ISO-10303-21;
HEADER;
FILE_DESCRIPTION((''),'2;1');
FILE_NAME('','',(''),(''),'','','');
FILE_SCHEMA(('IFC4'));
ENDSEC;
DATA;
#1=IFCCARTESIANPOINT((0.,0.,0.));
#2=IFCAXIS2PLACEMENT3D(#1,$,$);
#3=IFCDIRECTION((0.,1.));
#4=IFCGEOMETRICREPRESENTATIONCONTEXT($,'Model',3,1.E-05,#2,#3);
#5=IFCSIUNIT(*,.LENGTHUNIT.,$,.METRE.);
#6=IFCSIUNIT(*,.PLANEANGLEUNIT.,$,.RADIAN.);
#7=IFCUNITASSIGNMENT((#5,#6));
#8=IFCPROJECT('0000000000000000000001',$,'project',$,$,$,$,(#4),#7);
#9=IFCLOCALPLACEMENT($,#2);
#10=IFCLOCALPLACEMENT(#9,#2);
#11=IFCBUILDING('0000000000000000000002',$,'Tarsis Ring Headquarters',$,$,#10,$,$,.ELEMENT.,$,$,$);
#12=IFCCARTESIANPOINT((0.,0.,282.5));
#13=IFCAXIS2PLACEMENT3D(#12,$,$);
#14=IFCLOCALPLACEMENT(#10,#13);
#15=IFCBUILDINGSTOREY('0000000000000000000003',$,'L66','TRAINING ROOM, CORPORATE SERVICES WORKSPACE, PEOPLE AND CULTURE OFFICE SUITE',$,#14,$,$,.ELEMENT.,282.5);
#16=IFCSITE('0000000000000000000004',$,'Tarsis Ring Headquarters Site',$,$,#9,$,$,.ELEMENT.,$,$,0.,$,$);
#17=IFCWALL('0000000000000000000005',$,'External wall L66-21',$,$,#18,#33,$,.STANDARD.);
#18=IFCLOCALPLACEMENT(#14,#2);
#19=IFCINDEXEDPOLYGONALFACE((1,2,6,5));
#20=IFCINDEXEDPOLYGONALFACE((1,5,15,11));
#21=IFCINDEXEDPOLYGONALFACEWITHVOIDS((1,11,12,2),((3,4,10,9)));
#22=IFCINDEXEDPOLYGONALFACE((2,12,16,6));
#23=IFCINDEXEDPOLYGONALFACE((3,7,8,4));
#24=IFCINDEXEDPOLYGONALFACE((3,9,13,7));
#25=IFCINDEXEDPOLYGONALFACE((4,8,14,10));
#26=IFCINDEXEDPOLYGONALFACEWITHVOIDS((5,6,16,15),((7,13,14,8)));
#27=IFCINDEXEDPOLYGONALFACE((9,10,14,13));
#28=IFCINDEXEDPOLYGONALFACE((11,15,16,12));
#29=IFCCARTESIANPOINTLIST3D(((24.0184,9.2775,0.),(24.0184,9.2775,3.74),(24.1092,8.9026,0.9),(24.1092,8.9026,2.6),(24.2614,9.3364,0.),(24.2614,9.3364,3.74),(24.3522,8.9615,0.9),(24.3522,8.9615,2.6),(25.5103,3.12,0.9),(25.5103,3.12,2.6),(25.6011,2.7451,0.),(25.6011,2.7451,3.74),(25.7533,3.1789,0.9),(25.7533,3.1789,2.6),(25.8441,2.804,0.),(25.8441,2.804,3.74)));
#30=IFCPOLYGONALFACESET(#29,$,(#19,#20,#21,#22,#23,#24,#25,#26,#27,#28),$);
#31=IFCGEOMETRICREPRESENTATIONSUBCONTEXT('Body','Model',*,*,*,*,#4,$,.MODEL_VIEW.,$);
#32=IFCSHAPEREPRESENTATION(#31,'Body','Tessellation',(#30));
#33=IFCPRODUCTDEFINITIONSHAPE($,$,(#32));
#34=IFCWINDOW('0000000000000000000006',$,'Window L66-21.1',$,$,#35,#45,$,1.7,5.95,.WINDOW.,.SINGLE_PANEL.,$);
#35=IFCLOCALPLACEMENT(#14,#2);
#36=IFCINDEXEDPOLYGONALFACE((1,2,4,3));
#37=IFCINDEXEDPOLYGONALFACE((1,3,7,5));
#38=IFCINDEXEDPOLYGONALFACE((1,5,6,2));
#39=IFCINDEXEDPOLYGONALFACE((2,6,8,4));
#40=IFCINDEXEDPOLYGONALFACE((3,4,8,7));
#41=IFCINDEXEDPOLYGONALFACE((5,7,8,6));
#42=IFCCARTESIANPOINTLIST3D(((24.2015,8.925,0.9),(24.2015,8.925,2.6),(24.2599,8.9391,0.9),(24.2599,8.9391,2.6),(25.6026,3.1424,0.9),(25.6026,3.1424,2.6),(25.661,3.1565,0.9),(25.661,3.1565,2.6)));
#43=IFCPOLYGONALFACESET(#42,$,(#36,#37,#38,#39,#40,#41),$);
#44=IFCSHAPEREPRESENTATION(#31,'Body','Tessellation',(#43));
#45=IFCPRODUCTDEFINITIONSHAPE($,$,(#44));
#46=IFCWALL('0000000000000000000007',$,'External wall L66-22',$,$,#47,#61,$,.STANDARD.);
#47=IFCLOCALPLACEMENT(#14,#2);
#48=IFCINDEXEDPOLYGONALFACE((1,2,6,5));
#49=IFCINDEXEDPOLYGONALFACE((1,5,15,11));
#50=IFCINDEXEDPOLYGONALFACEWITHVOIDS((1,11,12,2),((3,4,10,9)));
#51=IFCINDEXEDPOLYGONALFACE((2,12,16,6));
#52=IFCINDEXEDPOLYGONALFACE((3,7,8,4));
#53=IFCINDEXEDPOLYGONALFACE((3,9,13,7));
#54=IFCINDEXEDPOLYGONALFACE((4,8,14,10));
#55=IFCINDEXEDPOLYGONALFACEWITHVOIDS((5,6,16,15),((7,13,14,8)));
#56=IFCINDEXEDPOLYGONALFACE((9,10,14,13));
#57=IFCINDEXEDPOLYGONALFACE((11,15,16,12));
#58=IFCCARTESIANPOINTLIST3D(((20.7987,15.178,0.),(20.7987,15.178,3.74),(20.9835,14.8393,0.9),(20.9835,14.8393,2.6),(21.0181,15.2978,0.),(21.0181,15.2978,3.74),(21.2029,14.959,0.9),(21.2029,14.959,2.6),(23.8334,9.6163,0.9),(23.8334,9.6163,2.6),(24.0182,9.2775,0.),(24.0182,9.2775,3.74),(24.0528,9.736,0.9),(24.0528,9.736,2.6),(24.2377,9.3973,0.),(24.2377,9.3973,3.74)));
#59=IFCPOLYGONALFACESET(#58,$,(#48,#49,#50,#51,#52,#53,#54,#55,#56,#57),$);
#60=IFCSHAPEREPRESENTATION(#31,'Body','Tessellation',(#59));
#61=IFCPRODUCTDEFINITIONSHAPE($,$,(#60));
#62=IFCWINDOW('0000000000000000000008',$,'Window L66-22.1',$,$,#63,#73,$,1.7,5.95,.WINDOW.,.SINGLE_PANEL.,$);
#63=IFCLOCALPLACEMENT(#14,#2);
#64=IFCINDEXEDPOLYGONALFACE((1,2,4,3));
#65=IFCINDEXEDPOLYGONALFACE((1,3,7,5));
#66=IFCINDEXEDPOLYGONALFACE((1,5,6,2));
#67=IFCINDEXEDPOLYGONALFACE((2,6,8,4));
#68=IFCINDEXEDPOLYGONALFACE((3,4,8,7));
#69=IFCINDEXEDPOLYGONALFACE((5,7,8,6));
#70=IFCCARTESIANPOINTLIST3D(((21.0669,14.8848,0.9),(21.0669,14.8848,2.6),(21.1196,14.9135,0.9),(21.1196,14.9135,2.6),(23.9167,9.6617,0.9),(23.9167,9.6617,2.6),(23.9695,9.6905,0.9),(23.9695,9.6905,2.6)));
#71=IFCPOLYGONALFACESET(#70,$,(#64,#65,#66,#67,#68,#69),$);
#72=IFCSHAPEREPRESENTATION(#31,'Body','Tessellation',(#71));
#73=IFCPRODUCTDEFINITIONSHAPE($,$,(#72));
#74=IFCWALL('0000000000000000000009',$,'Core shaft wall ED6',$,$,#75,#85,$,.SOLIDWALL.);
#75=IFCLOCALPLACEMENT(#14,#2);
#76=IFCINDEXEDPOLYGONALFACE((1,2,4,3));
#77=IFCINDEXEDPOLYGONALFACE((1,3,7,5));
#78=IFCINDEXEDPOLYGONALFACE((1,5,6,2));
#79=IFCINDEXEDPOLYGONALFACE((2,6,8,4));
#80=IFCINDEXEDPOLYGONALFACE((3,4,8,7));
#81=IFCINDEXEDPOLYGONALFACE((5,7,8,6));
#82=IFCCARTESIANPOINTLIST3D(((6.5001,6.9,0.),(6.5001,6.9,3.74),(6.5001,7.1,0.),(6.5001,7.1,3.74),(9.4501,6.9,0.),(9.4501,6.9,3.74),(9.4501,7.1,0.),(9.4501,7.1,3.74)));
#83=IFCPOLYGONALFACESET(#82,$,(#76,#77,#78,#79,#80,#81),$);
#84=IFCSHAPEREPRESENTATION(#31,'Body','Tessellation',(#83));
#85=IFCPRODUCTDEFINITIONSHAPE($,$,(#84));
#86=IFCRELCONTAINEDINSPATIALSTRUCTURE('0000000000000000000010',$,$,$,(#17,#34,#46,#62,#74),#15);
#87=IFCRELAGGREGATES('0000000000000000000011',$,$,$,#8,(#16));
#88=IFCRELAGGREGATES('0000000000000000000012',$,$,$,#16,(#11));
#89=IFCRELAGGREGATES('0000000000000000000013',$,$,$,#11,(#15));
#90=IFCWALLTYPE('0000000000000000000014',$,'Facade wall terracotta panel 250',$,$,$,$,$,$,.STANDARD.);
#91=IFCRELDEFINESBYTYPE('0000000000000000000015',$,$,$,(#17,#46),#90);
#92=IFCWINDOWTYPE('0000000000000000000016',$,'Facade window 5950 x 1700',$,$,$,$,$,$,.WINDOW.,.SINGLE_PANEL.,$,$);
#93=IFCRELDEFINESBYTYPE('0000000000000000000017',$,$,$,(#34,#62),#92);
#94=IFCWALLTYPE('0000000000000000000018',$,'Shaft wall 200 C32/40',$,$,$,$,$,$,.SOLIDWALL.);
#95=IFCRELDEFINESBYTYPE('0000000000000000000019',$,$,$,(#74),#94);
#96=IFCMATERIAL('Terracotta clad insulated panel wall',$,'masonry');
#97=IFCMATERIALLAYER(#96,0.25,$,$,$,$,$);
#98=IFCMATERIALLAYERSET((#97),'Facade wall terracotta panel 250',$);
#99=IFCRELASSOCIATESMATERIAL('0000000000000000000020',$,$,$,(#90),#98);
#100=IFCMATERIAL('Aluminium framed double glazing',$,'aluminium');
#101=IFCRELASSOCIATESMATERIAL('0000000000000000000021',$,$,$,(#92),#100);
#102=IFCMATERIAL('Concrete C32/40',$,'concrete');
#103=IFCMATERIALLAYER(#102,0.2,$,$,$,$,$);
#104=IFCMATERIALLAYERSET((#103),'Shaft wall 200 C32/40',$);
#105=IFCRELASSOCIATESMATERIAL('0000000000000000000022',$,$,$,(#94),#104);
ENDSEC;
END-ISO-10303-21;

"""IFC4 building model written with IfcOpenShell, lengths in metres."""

from ifc_helpers import new_model, si_unit, direction, frame, frame_2d, origin, place, context, subcontext, project, spatial, rectangle, extrude, material, layer, layer_set, type_object, element, fill, save


model = new_model("IFC4")

# Units and contexts
model_context = context("Model", 3, precision=1e-05, world=origin(), true_north=direction((0.0, 1.0)))
body_context = subcontext(model_context, "Body", "Model", "MODEL_VIEW")
ifc_project = project(units=[si_unit("LENGTHUNIT", "METRE"), si_unit("PLANEANGLEUNIT", "RADIAN")], contexts=[model_context])

# Site, building, storey
site_placement = place(None, origin())
site = spatial("IfcSite", under=ifc_project, at=site_placement, Name="Tarsis Ring Headquarters Site", CompositionType="ELEMENT", RefElevation=0.0)
building_placement = place(site_placement, origin())
building = spatial("IfcBuilding", under=site, at=building_placement, Name="Tarsis Ring Headquarters", CompositionType="ELEMENT")
storey_placement = place(building_placement, frame((0.0, 0.0, 282.5)))
storey = spatial("IfcBuildingStorey", under=building, at=storey_placement, Name="L66", Description="TRAINING ROOM, CORPORATE SERVICES WORKSPACE, PEOPLE AND CULTURE OFFICE SUITE", CompositionType="ELEMENT", Elevation=282.5)

# Walls, openings, windows
ifc_material_1 = material(Name="Terracotta clad insulated panel wall", Category="masonry")
ifc_layer_1 = layer(ifc_material_1, 0.25)
ifc_layer_set_1 = layer_set([ifc_layer_1], Name="Facade wall terracotta panel 250")
wall_type_1 = type_object("IfcWallType", Name="Facade wall terracotta panel 250", PredefinedType="STANDARD", material=ifc_layer_set_1)
ifc_material_2 = material(Name="Aluminium framed double glazing", Category="aluminium")
window_type = type_object("IfcWindowType", Name="Facade window 5950 x 1700", PartitioningType="SINGLE_PANEL", PredefinedType="WINDOW", material=ifc_material_2)
wall_1_placement = place(storey_placement, frame((25.7227, 2.7744, 0.0), z_axis=(0.0, 0.0, 1.0), x_axis=(-0.235478, 0.97188, 0.0)))
wall_1 = element("IfcWall", 1, at=wall_1_placement, inside=storey, type_object=wall_type_1, Name="External wall L66-21", PredefinedType="STANDARD", context=body_context, shape_type="SweptSolid", body=[
    extrude(rectangle(XDim=6.7214, YDim=0.25, at=frame_2d((3.3608, 0.0))), origin(), (0.0, 0.0, 1.0), 3.74),
])
opening_1_placement = place(wall_1_placement, frame((0.3857, 0.0, 0.8999)))
opening_1 = element("IfcOpeningElement", 2, at=opening_1_placement, cuts=wall_1, PredefinedType="OPENING", context=body_context, shape_type="SweptSolid", body=[
    extrude(rectangle(XDim=5.95, YDim=1.7, at=frame_2d((2.9751, 0.8501))), frame((0.0, 0.135, 0.0), z_axis=(0.0, -1.0, 0.0), x_axis=(1.0, 0.0, 0.0)), (0.0, 0.0, 1.0), 0.27),
])
window_1_placement = place(opening_1_placement, origin())
window_1 = element("IfcWindow", 3, at=window_1_placement, inside=storey, type_object=window_type, Name="Window L66-21.1", OverallHeight=1.7, OverallWidth=5.95, PartitioningType="SINGLE_PANEL", PredefinedType="WINDOW", context=body_context, shape_type="SweptSolid", body=[
    extrude(rectangle(XDim=5.95, YDim=1.7, at=frame_2d((2.9751, 0.8501))), frame((0.0, 0.03, 0.0), z_axis=(0.0, -1.0, 0.0), x_axis=(1.0, 0.0, 0.0)), (0.0, 0.0, 1.0), 0.0601),
])
fill(opening_1, window_1)
wall_2_placement = place(storey_placement, frame((24.1279, 9.3374, 0.0), z_axis=(0.0, 0.0, 1.0), x_axis=(-0.478977, 0.877828, 0.0)))
wall_2 = element("IfcWall", 4, at=wall_2_placement, inside=storey, type_object=wall_type_1, Name="External wall L66-22", PredefinedType="STANDARD", context=body_context, shape_type="SweptSolid", body=[
    extrude(rectangle(XDim=6.7217, YDim=0.25, at=frame_2d((3.3608, 0.0))), origin(), (0.0, 0.0, 1.0), 3.74),
])
opening_2_placement = place(wall_2_placement, frame((0.3857, 0.0, 0.8999)))
opening_2 = element("IfcOpeningElement", 5, at=opening_2_placement, cuts=wall_2, PredefinedType="OPENING", context=body_context, shape_type="SweptSolid", body=[
    extrude(rectangle(XDim=5.95, YDim=1.7, at=frame_2d((2.9751, 0.8501))), frame((0.0, 0.135, 0.0), z_axis=(0.0, -1.0, 0.0), x_axis=(1.0, 0.0, 0.0)), (0.0, 0.0, 1.0), 0.27),
])
window_2_placement = place(opening_2_placement, origin())
window_2 = element("IfcWindow", 6, at=window_2_placement, inside=storey, type_object=window_type, Name="Window L66-22.1", OverallHeight=1.7, OverallWidth=5.95, PartitioningType="SINGLE_PANEL", PredefinedType="WINDOW", context=body_context, shape_type="SweptSolid", body=[
    extrude(rectangle(XDim=5.95, YDim=1.7, at=frame_2d((2.9751, 0.8501))), frame((0.0, 0.03, 0.0), z_axis=(0.0, -1.0, 0.0), x_axis=(1.0, 0.0, 0.0)), (0.0, 0.0, 1.0), 0.0601),
])
fill(opening_2, window_2)

# Wall
ifc_material_3 = material(Name="Concrete C32/40", Category="concrete")
ifc_layer_2 = layer(ifc_material_3, 0.2)
ifc_layer_set_2 = layer_set([ifc_layer_2], Name="Shaft wall 200 C32/40")
wall_type_2 = type_object("IfcWallType", Name="Shaft wall 200 C32/40", PredefinedType="SOLIDWALL", material=ifc_layer_set_2)
wall_3_placement = place(storey_placement, frame((6.5, 7.0, 0.0), z_axis=(0.0, 0.0, 1.0), x_axis=(1.0, 0.0, 0.0)))
element("IfcWall", 7, at=wall_3_placement, inside=storey, type_object=wall_type_2, Name="Core shaft wall ED6", PredefinedType="SOLIDWALL", context=body_context, shape_type="SweptSolid", body=[
    extrude(rectangle(XDim=2.95, YDim=0.2, at=frame_2d((1.4751, 0.0))), origin(), (0.0, 0.0, 1.0), 3.74),
])

save(model, "model.ifc")
